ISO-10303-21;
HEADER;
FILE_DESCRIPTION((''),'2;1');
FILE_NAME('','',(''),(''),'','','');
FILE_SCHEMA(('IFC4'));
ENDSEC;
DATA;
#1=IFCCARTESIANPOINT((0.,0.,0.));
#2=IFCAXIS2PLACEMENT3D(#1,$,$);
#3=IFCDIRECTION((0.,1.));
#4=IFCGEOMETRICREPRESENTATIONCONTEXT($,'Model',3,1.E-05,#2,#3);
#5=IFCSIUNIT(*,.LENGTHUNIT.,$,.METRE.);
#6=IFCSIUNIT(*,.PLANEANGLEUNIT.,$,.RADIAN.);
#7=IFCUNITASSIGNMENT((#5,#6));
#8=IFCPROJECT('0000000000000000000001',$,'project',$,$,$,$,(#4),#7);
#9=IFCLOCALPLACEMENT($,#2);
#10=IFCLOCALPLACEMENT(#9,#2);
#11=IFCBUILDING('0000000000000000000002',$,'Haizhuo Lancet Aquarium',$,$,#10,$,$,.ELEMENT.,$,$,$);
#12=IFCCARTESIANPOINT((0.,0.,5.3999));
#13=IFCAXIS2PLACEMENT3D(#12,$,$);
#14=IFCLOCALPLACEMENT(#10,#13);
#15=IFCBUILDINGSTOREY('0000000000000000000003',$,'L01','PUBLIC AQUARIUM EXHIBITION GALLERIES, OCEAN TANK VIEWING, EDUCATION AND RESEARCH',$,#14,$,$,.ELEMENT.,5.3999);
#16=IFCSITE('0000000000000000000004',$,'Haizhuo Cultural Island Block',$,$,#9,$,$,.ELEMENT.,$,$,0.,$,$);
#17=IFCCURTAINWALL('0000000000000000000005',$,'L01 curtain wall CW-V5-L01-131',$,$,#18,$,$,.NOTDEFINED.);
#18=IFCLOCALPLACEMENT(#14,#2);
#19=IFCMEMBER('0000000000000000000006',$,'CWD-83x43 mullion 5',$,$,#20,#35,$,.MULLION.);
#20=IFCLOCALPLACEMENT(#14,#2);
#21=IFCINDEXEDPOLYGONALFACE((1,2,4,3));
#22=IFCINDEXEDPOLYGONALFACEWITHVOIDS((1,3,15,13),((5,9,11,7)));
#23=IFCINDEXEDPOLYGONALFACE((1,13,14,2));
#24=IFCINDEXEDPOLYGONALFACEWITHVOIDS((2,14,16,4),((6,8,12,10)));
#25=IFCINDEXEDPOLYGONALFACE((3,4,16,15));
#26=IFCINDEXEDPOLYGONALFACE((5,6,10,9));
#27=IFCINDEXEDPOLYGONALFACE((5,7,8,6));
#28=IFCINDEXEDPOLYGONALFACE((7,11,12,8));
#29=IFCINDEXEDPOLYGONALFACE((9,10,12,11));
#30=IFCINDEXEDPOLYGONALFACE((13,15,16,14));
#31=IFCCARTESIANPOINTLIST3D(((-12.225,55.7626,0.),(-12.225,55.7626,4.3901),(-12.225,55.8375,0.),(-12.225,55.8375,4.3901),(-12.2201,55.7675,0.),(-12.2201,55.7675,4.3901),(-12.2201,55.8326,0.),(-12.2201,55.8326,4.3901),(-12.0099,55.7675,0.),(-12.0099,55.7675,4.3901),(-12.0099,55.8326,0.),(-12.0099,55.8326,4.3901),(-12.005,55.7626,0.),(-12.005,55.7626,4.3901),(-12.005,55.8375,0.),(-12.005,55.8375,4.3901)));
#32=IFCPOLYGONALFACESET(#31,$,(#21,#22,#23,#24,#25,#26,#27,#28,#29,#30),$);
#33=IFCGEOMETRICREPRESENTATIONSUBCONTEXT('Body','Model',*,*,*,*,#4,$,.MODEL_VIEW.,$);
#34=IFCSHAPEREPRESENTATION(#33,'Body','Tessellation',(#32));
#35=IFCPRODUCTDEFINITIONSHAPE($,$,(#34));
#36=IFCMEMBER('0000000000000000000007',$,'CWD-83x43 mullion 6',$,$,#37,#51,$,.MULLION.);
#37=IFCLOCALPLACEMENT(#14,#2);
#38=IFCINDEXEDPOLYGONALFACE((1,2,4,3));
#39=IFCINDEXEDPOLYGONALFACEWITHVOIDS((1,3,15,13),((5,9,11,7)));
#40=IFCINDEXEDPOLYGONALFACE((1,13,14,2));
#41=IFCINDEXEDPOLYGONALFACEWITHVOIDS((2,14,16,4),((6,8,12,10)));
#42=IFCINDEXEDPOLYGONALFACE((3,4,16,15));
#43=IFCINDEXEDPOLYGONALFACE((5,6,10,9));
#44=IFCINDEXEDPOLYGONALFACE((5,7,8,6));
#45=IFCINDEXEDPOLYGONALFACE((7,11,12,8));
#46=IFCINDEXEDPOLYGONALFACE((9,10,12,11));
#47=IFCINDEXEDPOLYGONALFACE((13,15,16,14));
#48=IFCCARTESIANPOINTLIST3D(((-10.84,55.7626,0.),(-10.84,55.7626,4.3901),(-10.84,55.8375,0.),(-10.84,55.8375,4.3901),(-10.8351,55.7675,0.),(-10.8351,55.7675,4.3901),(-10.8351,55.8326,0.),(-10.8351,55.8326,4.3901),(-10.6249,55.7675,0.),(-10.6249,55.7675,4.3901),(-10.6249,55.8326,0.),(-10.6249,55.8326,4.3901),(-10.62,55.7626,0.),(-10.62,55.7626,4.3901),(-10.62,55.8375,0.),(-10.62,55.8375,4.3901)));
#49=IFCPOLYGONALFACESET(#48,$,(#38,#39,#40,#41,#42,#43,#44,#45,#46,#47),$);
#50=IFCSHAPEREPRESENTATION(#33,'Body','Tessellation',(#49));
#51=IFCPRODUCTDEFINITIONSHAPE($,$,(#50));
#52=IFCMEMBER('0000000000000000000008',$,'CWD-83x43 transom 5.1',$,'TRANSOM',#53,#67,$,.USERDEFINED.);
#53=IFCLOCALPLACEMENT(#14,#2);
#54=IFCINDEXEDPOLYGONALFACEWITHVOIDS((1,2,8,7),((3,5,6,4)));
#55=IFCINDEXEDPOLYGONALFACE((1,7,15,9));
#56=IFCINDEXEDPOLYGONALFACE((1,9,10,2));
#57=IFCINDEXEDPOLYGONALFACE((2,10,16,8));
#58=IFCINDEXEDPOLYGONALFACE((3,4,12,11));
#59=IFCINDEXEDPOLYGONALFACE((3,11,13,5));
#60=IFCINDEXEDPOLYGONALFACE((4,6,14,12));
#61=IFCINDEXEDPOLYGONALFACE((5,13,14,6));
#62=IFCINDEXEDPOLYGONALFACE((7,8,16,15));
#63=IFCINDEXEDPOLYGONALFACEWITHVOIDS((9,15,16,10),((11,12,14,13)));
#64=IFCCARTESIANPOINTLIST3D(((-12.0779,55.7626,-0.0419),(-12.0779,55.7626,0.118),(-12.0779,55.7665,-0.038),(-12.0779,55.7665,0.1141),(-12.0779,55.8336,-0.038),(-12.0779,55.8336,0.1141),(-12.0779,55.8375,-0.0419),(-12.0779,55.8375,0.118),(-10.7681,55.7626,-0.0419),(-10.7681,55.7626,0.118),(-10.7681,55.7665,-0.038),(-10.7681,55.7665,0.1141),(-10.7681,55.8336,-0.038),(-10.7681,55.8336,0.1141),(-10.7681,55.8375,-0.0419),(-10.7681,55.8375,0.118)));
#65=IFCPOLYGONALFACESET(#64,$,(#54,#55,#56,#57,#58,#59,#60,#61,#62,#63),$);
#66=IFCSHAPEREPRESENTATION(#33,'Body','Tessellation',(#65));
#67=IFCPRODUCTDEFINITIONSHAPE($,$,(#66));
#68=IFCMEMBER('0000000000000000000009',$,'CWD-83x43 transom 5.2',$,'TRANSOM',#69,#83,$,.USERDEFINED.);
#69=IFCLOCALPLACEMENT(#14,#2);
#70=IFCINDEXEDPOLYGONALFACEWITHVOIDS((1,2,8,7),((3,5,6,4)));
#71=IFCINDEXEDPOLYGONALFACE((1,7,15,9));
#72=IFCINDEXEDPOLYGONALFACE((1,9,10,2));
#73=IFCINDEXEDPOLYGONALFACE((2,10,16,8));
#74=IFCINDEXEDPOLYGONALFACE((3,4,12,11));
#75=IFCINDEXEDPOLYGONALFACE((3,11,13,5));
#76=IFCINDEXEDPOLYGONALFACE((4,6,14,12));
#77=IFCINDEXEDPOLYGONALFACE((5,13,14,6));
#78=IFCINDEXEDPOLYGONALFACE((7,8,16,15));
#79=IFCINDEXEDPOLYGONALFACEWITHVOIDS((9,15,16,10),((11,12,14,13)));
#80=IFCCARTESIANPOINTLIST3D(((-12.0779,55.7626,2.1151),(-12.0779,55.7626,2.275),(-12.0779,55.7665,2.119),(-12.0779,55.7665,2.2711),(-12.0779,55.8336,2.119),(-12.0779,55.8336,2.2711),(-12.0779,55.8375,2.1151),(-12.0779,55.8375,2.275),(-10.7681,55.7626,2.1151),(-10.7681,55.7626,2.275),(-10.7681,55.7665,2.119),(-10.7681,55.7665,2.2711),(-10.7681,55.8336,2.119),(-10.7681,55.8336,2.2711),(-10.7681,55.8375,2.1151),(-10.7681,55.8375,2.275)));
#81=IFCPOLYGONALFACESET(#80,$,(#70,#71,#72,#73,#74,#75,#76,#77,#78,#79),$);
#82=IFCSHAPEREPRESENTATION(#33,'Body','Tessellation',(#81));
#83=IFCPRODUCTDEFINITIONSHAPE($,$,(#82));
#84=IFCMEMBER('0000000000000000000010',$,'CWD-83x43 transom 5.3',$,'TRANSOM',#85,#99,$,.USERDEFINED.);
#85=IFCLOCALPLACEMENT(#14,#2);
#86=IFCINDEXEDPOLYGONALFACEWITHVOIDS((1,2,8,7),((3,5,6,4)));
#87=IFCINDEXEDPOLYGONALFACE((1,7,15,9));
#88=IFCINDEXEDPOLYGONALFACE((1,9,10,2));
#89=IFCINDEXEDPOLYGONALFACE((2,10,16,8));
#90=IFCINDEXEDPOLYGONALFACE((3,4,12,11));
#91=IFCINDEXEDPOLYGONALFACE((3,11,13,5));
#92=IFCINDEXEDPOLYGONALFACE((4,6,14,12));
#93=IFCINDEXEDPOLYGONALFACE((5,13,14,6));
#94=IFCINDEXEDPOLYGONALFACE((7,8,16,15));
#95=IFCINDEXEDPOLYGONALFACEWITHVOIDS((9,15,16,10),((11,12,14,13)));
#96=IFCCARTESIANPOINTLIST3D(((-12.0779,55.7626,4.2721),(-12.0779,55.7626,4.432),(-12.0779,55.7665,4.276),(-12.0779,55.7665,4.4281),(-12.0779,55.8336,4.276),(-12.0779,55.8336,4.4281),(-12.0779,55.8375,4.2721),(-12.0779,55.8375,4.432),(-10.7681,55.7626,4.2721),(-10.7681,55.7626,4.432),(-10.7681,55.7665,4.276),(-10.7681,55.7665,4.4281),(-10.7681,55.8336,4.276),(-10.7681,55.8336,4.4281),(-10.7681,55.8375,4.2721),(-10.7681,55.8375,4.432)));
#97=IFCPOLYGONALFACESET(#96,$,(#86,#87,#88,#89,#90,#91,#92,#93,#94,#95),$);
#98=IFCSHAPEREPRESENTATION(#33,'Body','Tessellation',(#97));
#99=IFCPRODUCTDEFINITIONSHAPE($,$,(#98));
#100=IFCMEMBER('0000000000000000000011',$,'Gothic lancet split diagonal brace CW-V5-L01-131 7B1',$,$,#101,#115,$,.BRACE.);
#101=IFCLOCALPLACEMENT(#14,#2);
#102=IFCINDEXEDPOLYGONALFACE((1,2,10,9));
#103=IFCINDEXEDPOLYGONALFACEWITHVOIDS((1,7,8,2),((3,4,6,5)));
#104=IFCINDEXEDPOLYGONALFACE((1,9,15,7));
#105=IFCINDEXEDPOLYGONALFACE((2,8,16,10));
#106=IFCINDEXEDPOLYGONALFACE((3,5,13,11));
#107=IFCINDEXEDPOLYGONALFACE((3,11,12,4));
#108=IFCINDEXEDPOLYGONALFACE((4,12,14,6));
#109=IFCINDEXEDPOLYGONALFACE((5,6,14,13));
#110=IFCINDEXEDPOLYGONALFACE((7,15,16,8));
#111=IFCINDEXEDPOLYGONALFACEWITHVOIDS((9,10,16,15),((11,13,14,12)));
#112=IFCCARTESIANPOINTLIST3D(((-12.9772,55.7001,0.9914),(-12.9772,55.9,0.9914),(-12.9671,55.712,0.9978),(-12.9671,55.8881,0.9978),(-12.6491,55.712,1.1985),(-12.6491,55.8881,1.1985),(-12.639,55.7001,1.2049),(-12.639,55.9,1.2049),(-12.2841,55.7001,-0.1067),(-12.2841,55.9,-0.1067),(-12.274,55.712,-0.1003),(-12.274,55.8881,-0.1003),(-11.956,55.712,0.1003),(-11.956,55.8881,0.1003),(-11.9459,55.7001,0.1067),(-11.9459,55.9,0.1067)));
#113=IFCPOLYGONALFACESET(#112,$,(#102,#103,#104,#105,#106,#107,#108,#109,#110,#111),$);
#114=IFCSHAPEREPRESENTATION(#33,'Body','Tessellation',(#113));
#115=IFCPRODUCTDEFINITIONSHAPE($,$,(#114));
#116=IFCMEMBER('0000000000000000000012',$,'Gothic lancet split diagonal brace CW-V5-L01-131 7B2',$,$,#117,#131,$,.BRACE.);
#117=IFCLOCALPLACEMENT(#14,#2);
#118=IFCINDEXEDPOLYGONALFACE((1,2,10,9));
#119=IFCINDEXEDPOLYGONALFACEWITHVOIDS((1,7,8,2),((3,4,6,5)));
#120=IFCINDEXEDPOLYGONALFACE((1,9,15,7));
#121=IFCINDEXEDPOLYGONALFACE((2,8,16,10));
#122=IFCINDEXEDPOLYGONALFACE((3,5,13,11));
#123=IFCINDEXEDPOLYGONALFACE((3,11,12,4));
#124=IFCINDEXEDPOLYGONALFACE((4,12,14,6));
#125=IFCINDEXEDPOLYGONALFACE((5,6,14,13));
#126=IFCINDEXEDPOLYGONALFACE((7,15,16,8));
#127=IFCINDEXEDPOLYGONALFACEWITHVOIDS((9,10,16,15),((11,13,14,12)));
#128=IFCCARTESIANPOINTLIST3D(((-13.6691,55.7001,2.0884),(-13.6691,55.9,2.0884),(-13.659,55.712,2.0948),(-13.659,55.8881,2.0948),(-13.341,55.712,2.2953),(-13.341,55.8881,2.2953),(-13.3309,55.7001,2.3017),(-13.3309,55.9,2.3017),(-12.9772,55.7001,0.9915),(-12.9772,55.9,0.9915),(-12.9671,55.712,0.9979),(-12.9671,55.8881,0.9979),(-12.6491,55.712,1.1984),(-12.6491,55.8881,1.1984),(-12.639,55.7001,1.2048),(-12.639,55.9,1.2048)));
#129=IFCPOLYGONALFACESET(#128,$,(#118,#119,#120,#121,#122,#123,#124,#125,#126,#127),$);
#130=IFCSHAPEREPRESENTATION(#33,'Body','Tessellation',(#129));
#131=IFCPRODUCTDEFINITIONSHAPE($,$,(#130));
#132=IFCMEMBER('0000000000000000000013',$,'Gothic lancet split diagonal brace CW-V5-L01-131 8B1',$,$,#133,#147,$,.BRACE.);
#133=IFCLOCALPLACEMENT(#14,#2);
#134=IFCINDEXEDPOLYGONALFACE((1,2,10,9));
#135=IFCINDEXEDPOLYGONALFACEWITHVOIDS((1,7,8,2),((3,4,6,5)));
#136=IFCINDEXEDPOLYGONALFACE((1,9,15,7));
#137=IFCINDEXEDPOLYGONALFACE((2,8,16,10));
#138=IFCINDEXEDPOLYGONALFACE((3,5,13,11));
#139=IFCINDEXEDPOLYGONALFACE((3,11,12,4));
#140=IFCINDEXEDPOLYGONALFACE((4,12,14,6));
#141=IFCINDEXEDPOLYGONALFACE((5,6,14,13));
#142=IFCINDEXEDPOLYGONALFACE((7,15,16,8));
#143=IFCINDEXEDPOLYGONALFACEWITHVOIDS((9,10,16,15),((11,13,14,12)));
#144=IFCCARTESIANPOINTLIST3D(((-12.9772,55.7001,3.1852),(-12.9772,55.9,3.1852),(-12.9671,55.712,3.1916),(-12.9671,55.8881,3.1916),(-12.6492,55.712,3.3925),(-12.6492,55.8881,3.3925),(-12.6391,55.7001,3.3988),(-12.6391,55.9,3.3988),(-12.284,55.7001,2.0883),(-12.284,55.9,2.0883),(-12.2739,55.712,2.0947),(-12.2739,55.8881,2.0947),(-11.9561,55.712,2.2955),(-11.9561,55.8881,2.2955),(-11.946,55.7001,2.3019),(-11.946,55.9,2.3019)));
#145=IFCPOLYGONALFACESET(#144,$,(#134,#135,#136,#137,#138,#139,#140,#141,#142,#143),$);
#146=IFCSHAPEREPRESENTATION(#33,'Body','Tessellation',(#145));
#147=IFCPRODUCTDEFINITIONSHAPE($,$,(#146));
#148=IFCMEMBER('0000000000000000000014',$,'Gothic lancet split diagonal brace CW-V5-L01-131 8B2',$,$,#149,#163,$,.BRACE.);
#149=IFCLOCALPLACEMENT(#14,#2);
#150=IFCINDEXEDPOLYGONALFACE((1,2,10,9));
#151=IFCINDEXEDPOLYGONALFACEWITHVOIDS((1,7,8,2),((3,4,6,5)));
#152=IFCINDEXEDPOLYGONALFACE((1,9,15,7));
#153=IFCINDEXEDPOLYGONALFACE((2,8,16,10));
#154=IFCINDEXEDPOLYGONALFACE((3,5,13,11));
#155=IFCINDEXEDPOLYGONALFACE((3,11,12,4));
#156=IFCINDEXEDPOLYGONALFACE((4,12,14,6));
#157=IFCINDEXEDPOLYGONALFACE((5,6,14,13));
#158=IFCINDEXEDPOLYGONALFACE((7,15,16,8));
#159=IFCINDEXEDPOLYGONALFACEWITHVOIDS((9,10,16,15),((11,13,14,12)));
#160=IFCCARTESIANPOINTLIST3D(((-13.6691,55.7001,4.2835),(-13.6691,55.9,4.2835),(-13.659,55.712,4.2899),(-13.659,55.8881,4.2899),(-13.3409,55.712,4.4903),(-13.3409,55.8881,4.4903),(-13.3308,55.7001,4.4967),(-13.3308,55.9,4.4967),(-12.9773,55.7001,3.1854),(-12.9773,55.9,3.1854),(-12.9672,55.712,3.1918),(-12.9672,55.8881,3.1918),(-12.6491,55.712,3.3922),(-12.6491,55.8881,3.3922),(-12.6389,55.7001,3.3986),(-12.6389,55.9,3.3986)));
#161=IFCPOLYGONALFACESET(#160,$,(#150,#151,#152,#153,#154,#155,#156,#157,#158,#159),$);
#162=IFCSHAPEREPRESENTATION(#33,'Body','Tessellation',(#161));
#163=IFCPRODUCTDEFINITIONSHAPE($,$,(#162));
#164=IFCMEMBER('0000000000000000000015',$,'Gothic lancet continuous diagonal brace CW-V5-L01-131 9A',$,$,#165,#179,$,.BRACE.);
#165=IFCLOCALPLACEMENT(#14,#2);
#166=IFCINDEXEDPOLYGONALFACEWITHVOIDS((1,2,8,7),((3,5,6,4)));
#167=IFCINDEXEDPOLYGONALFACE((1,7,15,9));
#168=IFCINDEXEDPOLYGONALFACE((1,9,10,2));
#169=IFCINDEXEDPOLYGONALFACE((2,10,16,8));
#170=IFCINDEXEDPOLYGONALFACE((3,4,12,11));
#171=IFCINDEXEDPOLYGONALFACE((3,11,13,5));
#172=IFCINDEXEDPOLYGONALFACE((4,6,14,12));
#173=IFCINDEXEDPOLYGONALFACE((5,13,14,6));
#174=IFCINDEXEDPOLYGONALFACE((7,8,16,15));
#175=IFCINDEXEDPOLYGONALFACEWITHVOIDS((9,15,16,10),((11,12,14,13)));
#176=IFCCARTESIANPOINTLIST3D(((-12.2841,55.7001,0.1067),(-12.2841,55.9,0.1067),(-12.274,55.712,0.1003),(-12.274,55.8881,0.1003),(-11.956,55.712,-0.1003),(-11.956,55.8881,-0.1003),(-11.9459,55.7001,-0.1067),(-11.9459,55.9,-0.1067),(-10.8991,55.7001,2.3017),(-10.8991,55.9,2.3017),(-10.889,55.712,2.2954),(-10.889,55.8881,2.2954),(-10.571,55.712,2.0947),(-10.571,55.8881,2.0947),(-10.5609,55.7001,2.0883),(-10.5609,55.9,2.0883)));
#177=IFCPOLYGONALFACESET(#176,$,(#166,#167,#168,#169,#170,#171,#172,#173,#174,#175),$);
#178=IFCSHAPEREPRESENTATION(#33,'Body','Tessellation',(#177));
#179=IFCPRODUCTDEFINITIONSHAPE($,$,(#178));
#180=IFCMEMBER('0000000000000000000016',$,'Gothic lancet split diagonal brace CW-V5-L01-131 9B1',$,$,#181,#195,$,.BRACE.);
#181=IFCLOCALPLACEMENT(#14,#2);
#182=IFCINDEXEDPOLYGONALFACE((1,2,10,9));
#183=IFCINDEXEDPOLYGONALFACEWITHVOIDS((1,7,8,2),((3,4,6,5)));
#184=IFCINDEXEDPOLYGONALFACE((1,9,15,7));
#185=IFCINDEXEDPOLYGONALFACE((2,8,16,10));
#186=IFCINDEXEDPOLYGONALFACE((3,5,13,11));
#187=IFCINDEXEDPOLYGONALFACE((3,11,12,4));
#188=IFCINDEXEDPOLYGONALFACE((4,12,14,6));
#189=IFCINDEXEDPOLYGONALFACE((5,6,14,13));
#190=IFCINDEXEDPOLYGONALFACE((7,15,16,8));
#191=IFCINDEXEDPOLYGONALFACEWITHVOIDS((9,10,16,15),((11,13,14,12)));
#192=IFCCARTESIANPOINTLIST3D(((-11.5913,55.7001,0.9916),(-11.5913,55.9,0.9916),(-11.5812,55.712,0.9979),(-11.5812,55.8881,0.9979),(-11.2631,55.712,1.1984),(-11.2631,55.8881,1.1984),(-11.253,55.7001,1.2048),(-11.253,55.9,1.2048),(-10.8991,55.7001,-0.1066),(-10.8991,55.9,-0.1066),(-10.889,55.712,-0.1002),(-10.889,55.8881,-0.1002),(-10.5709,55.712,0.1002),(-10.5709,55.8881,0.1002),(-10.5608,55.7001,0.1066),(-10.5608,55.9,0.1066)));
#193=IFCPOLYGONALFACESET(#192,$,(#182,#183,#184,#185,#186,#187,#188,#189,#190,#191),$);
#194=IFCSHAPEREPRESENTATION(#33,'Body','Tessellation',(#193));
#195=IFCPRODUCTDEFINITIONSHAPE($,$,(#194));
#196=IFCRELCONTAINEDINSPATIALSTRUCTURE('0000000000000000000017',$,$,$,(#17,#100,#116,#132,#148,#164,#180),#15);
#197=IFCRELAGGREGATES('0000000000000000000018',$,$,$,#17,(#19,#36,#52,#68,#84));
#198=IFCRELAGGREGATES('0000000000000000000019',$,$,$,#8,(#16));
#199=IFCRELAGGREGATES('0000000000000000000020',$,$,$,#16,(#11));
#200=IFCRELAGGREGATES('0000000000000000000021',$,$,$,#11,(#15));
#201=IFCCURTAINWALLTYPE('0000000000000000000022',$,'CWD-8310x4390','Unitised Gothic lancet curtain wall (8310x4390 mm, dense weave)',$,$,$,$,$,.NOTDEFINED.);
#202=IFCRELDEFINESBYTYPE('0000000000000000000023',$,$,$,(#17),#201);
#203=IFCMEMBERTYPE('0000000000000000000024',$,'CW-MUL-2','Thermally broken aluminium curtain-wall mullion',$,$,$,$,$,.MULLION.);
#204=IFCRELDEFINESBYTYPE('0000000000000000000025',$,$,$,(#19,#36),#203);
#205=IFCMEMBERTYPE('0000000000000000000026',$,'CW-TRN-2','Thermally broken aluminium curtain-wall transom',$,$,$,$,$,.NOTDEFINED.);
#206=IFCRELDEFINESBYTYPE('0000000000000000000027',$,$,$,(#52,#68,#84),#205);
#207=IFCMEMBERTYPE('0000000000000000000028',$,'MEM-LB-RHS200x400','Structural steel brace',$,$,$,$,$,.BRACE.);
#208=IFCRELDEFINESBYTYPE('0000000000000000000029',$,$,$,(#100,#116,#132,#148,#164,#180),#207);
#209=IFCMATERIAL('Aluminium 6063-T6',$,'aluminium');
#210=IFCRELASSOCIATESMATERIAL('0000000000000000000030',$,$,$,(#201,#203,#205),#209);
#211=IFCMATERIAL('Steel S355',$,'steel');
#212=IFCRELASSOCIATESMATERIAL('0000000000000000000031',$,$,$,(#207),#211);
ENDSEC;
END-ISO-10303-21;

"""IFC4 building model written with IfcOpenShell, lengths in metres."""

from ifc_helpers import new_model, si_unit, direction, frame, origin, origin_2d, place, context, subcontext, project, spatial, hollow_rectangle, extrude, material, material_profile, profile_set, type_object, element, aggregate, save


model = new_model("IFC4")

# Units and contexts
model_context = context("Model", 3, precision=1e-05, world=origin(), true_north=direction((0.0, 1.0)))
body_context = subcontext(model_context, "Body", "Model", "MODEL_VIEW")
ifc_project = project(units=[si_unit("LENGTHUNIT", "METRE"), si_unit("PLANEANGLEUNIT", "RADIAN")], contexts=[model_context])

# Site, building, storey
site_placement = place(None, origin())
site = spatial("IfcSite", under=ifc_project, at=site_placement, Name="Haizhuo Cultural Island Block", CompositionType="ELEMENT", RefElevation=0.0)
building_placement = place(site_placement, origin())
building = spatial("IfcBuilding", under=site, at=building_placement, Name="Haizhuo Lancet Aquarium", CompositionType="ELEMENT")
storey_placement = place(building_placement, frame((0.0, 0.0, 5.3999)))
storey = spatial("IfcBuildingStorey", under=building, at=storey_placement, Name="L01", Description="PUBLIC AQUARIUM EXHIBITION GALLERIES, OCEAN TANK VIEWING, EDUCATION AND RESEARCH", CompositionType="ELEMENT", Elevation=5.3999)

# Curtain wall, members
ifc_material_1 = material(Name="Aluminium 6063-T6", Category="aluminium")
curtain_wall_type = type_object("IfcCurtainWallType", Name="CWD-8310x4390", Description="Unitised Gothic lancet curtain wall (8310x4390 mm, dense weave)", PredefinedType="NOTDEFINED", material=ifc_material_1)
curtain_wall_placement = place(storey_placement, origin())
curtain_wall = element("IfcCurtainWall", 1, at=curtain_wall_placement, inside=storey, type_object=curtain_wall_type, Name="L01 curtain wall CW-V5-L01-131", PredefinedType="NOTDEFINED")
ifc_material_profile_1 = material_profile(ifc_material_1, hollow_rectangle(XDim=0.075, YDim=0.22, WallThickness=0.0049, at=origin_2d()), Name="ALU-M 75x220x5")
ifc_profile_set_1 = profile_set([ifc_material_profile_1], Name="Aluminium 6063-T6")
member_type_1 = type_object("IfcMemberType", Name="CW-MUL-2", Description="Thermally broken aluminium curtain-wall mullion", PredefinedType="MULLION", material=ifc_profile_set_1)
member_1_placement = place(storey_placement, frame((-12.115, 55.8, 0.0), z_axis=(0.0, 0.0, 1.0), x_axis=(0.0, 1.0, 0.0)))
member_1 = element("IfcMember", 2, at=member_1_placement, type_object=member_type_1, Name="CWD-83x43 mullion 5", PredefinedType="MULLION", context=body_context, shape_type="SweptSolid", body=[
    extrude(hollow_rectangle(XDim=0.075, YDim=0.22, WallThickness=0.0049, at=origin_2d()), origin(), (0.0, 0.0, 1.0), 4.3901),
])
member_2_placement = place(storey_placement, frame((-10.73, 55.8, 0.0), z_axis=(0.0, 0.0, 1.0), x_axis=(0.0, 1.0, 0.0)))
member_2 = element("IfcMember", 3, at=member_2_placement, type_object=member_type_1, Name="CWD-83x43 mullion 6", PredefinedType="MULLION", context=body_context, shape_type="SweptSolid", body=[
    extrude(hollow_rectangle(XDim=0.075, YDim=0.22, WallThickness=0.0049, at=origin_2d()), origin(), (0.0, 0.0, 1.0), 4.3901),
])
ifc_material_profile_2 = material_profile(ifc_material_1, hollow_rectangle(XDim=0.075, YDim=0.1599, WallThickness=0.0039, at=origin_2d()), Name="ALU-T 75x160x4")
ifc_profile_set_2 = profile_set([ifc_material_profile_2], Name="Aluminium 6063-T6")
member_type_2 = type_object("IfcMemberType", Name="CW-TRN-2", Description="Thermally broken aluminium curtain-wall transom", PredefinedType="NOTDEFINED", material=ifc_profile_set_2)
member_3_placement = place(storey_placement, frame((-12.0779, 55.8, 0.0381), z_axis=(1.0, 0.0, 0.0), x_axis=(0.0, 1.0, 0.0)))
member_3 = element("IfcMember", 4, at=member_3_placement, type_object=member_type_2, Name="CWD-83x43 transom 5.1", ObjectType="TRANSOM", PredefinedType="USERDEFINED", context=body_context, shape_type="SweptSolid", body=[
    extrude(hollow_rectangle(XDim=0.075, YDim=0.1599, WallThickness=0.0039, at=origin_2d()), origin(), (0.0, 0.0, 1.0), 1.3098),
])
member_4_placement = place(storey_placement, frame((-12.0779, 55.8, 2.1951), z_axis=(1.0, 0.0, 0.0), x_axis=(0.0, 1.0, 0.0)))
member_4 = element("IfcMember", 5, at=member_4_placement, type_object=member_type_2, Name="CWD-83x43 transom 5.2", ObjectType="TRANSOM", PredefinedType="USERDEFINED", context=body_context, shape_type="SweptSolid", body=[
    extrude(hollow_rectangle(XDim=0.075, YDim=0.1599, WallThickness=0.0039, at=origin_2d()), origin(), (0.0, 0.0, 1.0), 1.3098),
])
member_5_placement = place(storey_placement, frame((-12.0779, 55.8, 4.3521), z_axis=(1.0, 0.0, 0.0), x_axis=(0.0, 1.0, 0.0)))
member_5 = element("IfcMember", 6, at=member_5_placement, type_object=member_type_2, Name="CWD-83x43 transom 5.3", ObjectType="TRANSOM", PredefinedType="USERDEFINED", context=body_context, shape_type="SweptSolid", body=[
    extrude(hollow_rectangle(XDim=0.075, YDim=0.1599, WallThickness=0.0039, at=origin_2d()), origin(), (0.0, 0.0, 1.0), 1.3098),
])

# Members
ifc_material_2 = material(Name="Steel S355", Category="steel")
ifc_material_profile_3 = material_profile(ifc_material_2, hollow_rectangle(XDim=0.2, YDim=0.3999, WallThickness=0.012, at=origin_2d()), Name="RHS 200x400x12")
ifc_profile_set_3 = profile_set([ifc_material_profile_3], Name="Steel S355")
member_type_3 = type_object("IfcMemberType", Name="MEM-LB-RHS200x400", Description="Structural steel brace", PredefinedType="BRACE", material=ifc_profile_set_3)
member_6_placement = place(storey_placement, frame((-12.115, 55.8, 0.0), z_axis=(-0.533745, 0.0, 0.845645), x_axis=(0.0, -1.0, 0.0)))
element("IfcMember", 7, at=member_6_placement, inside=storey, type_object=member_type_3, Name="Gothic lancet split diagonal brace CW-V5-L01-131 7B1", PredefinedType="BRACE", context=body_context, shape_type="SweptSolid", body=[
    extrude(hollow_rectangle(XDim=0.2, YDim=0.3999, WallThickness=0.012, at=origin_2d()), origin(), (0.0, 0.0, 1.0), 1.2986),
])
member_7_placement = place(storey_placement, frame((-12.8081, 55.8, 1.0981), z_axis=(-0.533497, 0.0, 0.845802), x_axis=(0.0, -1.0, 0.0)))
element("IfcMember", 8, at=member_7_placement, inside=storey, type_object=member_type_3, Name="Gothic lancet split diagonal brace CW-V5-L01-131 7B2", PredefinedType="BRACE", context=body_context, shape_type="SweptSolid", body=[
    extrude(hollow_rectangle(XDim=0.2, YDim=0.3999, WallThickness=0.012, at=origin_2d()), origin(), (0.0, 0.0, 1.0), 1.2969),
])
member_8_placement = place(storey_placement, frame((-12.115, 55.8, 2.1951), z_axis=(-0.53417, 0.0, 0.845377), x_axis=(0.0, -1.0, 0.0)))
element("IfcMember", 9, at=member_8_placement, inside=storey, type_object=member_type_3, Name="Gothic lancet split diagonal brace CW-V5-L01-131 8B1", PredefinedType="BRACE", context=body_context, shape_type="SweptSolid", body=[
    extrude(hollow_rectangle(XDim=0.2, YDim=0.3999, WallThickness=0.012, at=origin_2d()), origin(), (0.0, 0.0, 1.0), 1.2976),
])
member_9_placement = place(storey_placement, frame((-12.8081, 55.8, 3.292), z_axis=(-0.533073, 0.0, 0.846069), x_axis=(0.0, -1.0, 0.0)))
element("IfcMember", 10, at=member_9_placement, inside=storey, type_object=member_type_3, Name="Gothic lancet split diagonal brace CW-V5-L01-131 8B2", PredefinedType="BRACE", context=body_context, shape_type="SweptSolid", body=[
    extrude(hollow_rectangle(XDim=0.2, YDim=0.3999, WallThickness=0.012, at=origin_2d()), origin(), (0.0, 0.0, 1.0), 1.2979),
])
member_10_placement = place(storey_placement, frame((-12.115, 55.8, 0.0), z_axis=(0.533621, 0.0, 0.845724), x_axis=(0.0, 1.0, 0.0)))
element("IfcMember", 11, at=member_10_placement, inside=storey, type_object=member_type_3, Name="Gothic lancet continuous diagonal brace CW-V5-L01-131 9A", PredefinedType="BRACE", context=body_context, shape_type="SweptSolid", body=[
    extrude(hollow_rectangle(XDim=0.2, YDim=0.3999, WallThickness=0.012, at=origin_2d()), origin(), (0.0, 0.0, 1.0), 2.5955),
])
member_11_placement = place(storey_placement, frame((-10.73, 55.8, 0.0), z_axis=(-0.533207, 0.0, 0.845985), x_axis=(0.0, -1.0, 0.0)))
element("IfcMember", 12, at=member_11_placement, inside=storey, type_object=member_type_3, Name="Gothic lancet split diagonal brace CW-V5-L01-131 9B1", PredefinedType="BRACE", context=body_context, shape_type="SweptSolid", body=[
    extrude(hollow_rectangle(XDim=0.2, YDim=0.3999, WallThickness=0.012, at=origin_2d()), origin(), (0.0, 0.0, 1.0), 1.2981),
])

aggregate(curtain_wall, [member_1, member_2, member_3, member_4, member_5])

save(model, "model.ifc")
